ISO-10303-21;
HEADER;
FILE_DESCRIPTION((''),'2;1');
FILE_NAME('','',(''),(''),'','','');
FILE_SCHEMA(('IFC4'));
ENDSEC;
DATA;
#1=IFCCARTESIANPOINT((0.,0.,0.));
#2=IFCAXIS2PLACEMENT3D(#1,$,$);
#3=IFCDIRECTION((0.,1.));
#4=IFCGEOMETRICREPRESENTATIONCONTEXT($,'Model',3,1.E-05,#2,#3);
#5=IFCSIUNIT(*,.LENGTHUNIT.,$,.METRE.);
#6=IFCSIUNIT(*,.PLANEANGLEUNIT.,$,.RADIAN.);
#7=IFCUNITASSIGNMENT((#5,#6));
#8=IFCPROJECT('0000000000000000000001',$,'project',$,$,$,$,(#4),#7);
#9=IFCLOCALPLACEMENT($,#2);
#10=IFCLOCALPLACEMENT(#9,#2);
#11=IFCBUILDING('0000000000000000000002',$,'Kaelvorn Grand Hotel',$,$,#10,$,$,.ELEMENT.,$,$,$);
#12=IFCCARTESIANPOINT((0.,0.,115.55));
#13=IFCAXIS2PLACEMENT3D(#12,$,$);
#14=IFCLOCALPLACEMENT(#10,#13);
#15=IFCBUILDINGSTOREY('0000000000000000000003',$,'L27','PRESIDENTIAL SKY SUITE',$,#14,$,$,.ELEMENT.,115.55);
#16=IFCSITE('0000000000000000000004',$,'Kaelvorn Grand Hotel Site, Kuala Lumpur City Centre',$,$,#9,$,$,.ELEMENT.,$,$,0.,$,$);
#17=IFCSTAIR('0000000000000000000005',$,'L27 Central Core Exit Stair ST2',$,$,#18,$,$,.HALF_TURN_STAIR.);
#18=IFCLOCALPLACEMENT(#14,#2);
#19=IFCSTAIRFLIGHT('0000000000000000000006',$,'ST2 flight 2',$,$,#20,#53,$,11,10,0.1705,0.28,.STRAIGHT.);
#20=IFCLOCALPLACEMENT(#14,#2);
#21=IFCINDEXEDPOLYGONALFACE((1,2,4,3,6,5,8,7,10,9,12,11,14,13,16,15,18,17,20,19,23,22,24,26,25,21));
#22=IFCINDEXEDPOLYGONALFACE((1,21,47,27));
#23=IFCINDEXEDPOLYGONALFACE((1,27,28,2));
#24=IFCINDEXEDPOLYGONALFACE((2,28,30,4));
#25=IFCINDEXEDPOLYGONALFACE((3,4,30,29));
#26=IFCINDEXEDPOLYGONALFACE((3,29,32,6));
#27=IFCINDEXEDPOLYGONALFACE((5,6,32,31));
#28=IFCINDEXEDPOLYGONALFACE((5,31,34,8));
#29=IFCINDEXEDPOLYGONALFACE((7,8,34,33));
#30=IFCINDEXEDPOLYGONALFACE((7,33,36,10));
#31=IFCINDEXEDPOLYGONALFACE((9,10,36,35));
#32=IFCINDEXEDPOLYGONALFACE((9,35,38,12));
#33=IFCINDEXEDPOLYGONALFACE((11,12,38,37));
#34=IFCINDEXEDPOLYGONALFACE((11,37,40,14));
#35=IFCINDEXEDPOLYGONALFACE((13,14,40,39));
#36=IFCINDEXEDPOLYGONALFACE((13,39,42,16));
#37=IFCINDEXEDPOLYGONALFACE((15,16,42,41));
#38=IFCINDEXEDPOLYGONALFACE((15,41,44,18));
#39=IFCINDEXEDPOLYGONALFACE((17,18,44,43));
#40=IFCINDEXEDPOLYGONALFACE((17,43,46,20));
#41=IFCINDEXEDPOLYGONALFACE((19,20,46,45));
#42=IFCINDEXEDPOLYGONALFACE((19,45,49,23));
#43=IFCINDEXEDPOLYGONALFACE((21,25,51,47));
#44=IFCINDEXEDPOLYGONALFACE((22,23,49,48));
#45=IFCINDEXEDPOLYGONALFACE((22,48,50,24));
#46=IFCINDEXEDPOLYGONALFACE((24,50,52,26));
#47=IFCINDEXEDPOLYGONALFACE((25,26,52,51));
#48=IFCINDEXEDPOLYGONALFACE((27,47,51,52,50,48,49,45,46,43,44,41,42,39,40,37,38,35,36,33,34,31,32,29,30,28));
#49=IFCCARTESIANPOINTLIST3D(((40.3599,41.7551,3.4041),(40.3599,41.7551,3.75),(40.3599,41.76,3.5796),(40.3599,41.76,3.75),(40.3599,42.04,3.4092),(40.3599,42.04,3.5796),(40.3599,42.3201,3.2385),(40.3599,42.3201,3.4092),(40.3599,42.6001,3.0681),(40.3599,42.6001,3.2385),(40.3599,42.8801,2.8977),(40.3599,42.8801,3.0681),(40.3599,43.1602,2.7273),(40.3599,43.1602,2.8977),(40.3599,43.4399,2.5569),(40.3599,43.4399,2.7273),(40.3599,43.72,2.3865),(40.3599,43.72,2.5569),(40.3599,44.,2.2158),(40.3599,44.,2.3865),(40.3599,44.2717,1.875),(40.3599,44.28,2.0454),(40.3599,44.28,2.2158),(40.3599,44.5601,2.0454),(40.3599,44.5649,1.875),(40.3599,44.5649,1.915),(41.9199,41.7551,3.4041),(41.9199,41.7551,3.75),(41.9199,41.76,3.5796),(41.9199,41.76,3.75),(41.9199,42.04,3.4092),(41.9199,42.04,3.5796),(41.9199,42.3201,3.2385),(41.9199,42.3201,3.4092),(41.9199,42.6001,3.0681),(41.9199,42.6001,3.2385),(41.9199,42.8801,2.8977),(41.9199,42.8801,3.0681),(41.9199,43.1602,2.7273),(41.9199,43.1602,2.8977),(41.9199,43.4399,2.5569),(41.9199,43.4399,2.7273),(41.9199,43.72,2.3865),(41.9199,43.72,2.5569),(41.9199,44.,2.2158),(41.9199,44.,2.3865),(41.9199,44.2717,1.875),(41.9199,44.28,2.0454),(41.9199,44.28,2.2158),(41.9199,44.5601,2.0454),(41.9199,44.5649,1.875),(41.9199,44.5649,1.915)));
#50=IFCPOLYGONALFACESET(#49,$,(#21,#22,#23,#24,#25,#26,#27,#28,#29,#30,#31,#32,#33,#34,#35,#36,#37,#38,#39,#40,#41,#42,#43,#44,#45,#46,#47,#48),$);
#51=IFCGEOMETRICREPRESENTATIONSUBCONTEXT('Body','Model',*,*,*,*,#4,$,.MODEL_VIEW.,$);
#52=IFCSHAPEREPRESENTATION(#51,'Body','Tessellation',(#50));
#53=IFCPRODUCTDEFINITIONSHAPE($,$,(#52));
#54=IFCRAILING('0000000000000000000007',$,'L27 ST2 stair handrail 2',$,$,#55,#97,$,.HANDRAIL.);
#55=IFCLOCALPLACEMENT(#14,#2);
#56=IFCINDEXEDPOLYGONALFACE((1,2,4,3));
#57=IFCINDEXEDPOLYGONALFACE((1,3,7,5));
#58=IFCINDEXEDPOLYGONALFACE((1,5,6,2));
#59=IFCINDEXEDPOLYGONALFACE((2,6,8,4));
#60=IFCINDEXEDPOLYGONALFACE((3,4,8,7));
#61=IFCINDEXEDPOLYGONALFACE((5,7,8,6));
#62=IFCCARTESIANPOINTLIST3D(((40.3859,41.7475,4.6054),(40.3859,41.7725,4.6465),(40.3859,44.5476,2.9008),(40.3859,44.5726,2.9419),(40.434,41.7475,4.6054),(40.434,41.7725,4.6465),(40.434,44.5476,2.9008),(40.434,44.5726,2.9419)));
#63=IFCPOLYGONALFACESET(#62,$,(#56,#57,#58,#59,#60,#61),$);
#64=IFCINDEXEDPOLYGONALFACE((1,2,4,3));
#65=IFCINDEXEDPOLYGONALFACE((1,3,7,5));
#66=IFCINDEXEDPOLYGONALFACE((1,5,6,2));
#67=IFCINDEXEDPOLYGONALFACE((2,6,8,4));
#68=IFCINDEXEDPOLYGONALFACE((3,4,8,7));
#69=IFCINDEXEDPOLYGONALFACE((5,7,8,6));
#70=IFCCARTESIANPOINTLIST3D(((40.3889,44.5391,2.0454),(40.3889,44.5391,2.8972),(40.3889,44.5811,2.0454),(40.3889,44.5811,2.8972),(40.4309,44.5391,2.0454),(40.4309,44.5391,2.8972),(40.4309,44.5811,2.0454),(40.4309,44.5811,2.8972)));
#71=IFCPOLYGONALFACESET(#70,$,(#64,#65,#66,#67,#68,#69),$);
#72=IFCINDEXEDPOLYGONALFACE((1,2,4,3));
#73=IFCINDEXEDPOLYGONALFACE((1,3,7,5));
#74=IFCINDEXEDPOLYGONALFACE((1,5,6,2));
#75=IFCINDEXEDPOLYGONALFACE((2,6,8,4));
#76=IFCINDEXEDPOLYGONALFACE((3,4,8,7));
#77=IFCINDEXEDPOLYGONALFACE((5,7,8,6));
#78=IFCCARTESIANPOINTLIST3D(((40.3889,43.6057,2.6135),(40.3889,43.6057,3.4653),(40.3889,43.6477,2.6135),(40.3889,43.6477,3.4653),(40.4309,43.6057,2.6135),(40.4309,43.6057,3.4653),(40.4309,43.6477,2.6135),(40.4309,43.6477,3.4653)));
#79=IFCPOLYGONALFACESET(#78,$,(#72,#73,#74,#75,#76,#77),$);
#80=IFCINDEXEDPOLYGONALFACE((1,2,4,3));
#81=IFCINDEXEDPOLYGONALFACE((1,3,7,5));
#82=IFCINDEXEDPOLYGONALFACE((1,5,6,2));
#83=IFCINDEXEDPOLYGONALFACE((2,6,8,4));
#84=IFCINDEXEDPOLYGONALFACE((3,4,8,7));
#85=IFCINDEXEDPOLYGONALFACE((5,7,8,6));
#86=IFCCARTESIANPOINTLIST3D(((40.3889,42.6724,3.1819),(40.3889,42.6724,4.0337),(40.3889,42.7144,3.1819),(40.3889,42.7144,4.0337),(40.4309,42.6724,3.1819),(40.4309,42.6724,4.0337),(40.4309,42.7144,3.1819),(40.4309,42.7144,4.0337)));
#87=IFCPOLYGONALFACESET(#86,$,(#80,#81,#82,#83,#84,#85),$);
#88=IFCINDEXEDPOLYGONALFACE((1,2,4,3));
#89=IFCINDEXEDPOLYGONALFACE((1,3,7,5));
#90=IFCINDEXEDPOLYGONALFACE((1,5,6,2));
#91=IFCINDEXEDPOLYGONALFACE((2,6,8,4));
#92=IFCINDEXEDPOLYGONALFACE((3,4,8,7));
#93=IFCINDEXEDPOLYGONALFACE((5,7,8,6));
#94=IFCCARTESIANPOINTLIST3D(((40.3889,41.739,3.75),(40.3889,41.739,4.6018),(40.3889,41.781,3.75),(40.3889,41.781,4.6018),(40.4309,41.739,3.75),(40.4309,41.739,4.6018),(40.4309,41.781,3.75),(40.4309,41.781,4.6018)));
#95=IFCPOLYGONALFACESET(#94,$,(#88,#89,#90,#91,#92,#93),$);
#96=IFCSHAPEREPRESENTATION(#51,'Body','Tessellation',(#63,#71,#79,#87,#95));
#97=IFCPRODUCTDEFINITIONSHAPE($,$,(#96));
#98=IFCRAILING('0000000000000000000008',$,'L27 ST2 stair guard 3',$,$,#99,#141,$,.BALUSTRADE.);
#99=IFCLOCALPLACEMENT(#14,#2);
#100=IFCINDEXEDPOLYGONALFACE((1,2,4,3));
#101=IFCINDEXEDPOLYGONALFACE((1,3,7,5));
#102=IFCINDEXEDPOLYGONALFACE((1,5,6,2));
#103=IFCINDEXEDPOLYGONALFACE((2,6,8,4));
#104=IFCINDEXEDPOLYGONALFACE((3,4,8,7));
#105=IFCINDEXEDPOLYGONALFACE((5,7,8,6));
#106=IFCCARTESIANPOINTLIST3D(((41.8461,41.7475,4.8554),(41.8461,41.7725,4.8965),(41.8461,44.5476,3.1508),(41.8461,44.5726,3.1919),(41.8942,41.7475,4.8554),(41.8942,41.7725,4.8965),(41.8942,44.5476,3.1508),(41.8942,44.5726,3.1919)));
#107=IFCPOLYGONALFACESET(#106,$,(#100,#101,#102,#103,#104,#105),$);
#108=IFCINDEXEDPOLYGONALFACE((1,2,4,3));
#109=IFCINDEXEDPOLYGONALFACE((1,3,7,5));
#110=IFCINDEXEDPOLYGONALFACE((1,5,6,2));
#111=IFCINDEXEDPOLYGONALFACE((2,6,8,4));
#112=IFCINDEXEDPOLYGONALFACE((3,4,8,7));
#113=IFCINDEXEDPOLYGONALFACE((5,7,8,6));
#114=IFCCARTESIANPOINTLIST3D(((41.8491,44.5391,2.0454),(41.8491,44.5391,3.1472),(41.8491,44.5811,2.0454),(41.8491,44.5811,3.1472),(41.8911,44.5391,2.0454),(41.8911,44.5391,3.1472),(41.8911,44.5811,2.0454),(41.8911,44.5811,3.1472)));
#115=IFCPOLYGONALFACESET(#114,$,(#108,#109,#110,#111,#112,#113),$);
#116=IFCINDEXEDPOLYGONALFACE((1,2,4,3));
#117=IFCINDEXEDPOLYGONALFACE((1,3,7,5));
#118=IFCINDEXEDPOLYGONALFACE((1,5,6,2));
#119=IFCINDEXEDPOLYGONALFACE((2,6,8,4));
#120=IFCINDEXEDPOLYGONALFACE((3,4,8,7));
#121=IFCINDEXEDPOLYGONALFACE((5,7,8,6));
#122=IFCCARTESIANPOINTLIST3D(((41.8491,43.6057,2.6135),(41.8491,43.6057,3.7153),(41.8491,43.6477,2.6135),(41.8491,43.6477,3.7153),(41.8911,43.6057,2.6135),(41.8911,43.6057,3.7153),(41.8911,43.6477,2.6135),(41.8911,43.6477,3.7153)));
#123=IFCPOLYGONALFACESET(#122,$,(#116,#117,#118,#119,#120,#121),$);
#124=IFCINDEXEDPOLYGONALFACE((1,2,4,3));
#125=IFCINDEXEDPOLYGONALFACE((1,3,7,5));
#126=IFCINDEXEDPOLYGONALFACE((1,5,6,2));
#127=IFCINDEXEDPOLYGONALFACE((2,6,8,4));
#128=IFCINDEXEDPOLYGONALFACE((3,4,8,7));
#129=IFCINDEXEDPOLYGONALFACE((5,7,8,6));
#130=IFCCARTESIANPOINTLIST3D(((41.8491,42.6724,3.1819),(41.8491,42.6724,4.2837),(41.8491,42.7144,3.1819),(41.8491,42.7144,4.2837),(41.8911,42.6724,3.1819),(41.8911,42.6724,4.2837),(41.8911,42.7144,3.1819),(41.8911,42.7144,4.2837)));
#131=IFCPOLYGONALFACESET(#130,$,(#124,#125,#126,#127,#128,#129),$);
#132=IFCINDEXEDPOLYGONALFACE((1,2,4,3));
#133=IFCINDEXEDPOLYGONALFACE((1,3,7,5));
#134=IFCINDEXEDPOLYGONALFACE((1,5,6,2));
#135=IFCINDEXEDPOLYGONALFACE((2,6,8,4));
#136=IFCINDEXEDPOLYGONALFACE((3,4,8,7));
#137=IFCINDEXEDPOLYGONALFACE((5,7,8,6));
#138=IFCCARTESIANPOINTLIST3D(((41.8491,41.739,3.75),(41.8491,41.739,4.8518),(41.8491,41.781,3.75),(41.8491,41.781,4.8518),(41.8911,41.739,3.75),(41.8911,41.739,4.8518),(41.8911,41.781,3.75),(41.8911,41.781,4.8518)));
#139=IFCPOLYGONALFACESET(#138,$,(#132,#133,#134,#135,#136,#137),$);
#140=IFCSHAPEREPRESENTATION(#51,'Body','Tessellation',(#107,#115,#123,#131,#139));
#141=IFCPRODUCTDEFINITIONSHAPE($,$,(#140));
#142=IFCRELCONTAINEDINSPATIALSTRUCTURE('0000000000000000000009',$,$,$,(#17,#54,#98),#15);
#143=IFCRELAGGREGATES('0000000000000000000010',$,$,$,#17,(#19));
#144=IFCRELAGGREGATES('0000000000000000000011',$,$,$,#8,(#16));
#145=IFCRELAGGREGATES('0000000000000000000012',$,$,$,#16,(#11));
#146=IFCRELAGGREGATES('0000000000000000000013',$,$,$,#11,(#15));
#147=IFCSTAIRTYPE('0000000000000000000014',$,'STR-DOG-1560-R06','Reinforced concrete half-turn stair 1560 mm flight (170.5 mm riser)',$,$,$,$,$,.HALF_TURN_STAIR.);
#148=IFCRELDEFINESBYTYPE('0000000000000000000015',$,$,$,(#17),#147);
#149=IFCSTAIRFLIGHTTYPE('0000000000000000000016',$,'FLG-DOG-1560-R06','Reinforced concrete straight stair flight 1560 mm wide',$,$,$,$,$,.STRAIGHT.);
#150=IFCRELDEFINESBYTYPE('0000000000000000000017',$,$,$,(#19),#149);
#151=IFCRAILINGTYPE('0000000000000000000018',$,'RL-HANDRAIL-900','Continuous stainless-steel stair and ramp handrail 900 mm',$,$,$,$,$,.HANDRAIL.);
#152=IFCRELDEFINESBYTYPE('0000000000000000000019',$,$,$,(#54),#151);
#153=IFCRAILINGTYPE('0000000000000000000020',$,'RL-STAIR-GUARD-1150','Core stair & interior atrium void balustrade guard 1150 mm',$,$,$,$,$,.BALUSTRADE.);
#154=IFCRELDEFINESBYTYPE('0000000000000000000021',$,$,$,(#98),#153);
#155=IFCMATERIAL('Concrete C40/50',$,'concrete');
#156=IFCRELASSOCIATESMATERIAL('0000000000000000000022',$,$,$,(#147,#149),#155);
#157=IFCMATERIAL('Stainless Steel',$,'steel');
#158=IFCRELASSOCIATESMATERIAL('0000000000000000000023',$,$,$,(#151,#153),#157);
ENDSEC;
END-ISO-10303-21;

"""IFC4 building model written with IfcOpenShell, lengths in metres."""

from ifc_helpers import new_model, si_unit, direction, frame, origin, origin_2d, place, context, subcontext, project, spatial, polyline, rectangle, outline, extrude, material, type_object, element, aggregate, save


model = new_model("IFC4")

# Units and contexts
model_context = context("Model", 3, precision=1e-05, world=origin(), true_north=direction((0.0, 1.0)))
body_context = subcontext(model_context, "Body", "Model", "MODEL_VIEW")
ifc_project = project(units=[si_unit("LENGTHUNIT", "METRE"), si_unit("PLANEANGLEUNIT", "RADIAN")], contexts=[model_context])

# Site, building, storey
site_placement = place(None, origin())
site = spatial("IfcSite", under=ifc_project, at=site_placement, Name="Kaelvorn Grand Hotel Site, Kuala Lumpur City Centre", CompositionType="ELEMENT", RefElevation=0.0)
building_placement = place(site_placement, origin())
building = spatial("IfcBuilding", under=site, at=building_placement, Name="Kaelvorn Grand Hotel", CompositionType="ELEMENT")
storey_placement = place(building_placement, frame((0.0, 0.0, 115.55)))
storey = spatial("IfcBuildingStorey", under=building, at=storey_placement, Name="L27", Description="PRESIDENTIAL SKY SUITE", CompositionType="ELEMENT", Elevation=115.55)

# Shared definitions
ifc_material_1 = material(Name="Concrete C40/50", Category="concrete")

# Stair, stair flight
stair_type = type_object("IfcStairType", Name="STR-DOG-1560-R06", Description="Reinforced concrete half-turn stair 1560 mm flight (170.5 mm riser)", PredefinedType="HALF_TURN_STAIR", material=ifc_material_1)
stair_placement = place(storey_placement, origin())
stair = element("IfcStair", 1, at=stair_placement, inside=storey, type_object=stair_type, Name="L27 Central Core Exit Stair ST2", PredefinedType="HALF_TURN_STAIR")
stair_flight_type = type_object("IfcStairFlightType", Name="FLG-DOG-1560-R06", Description="Reinforced concrete straight stair flight 1560 mm wide", PredefinedType="STRAIGHT", material=ifc_material_1)
stair_flight_placement = place(storey_placement, frame((41.1399, 44.5601, 1.875), z_axis=(0.0, 0.0, 1.0), x_axis=(0.0, -1.0, 0.0)))
stair_flight = element("IfcStairFlight", 2, at=stair_flight_placement, type_object=stair_flight_type, Name="ST2 flight 2", NumberOfRisers=11, NumberOfTreads=10, PredefinedType="STRAIGHT", RiserHeight=0.1705, TreadLength=0.28, context=body_context, shape_type="SweptSolid", body=[
    extrude(outline(polyline([(-0.0049, 0.0), (-0.0049, 0.04), (0.0, 0.1704), (0.28, 0.1704), (0.28, 0.3408), (0.5601, 0.3408), (0.5601, 0.5115), (0.8401, 0.5115), (0.8401, 0.6819), (1.1201, 0.6819), (1.1201, 0.8523), (1.3999, 0.8523), (1.3999, 1.0227), (1.6799, 1.0227), (1.6799, 1.1931), (1.96, 1.1931), (1.96, 1.3635), (2.24, 1.3635), (2.24, 1.5342), (2.52, 1.5342), (2.52, 1.7046), (2.8, 1.7046), (2.8, 1.875), (2.8049, 1.875), (2.8049, 1.5291), (0.2883, 0.0), (-0.0049, 0.0)])), frame((0.0, 0.78, 0.0), z_axis=(0.0, -1.0, 0.0), x_axis=(1.0, 0.0, 0.0)), (0.0, 0.0, 1.0), 1.5601),
])
aggregate(stair, [stair_flight])

# Railings
ifc_material_2 = material(Name="Stainless Steel", Category="steel")
railing_type_1 = type_object("IfcRailingType", Name="RL-HANDRAIL-900", Description="Continuous stainless-steel stair and ramp handrail 900 mm", PredefinedType="HANDRAIL", material=ifc_material_2)
railing_1_placement = place(storey_placement, frame((40.4099, 44.5601, 2.0454)))
element("IfcRailing", 3, at=railing_1_placement, inside=storey, type_object=railing_type_1, Name="L27 ST2 stair handrail 2", PredefinedType="HANDRAIL", context=body_context, shape_type="SweptSolid", body=[
    extrude(rectangle(XDim=0.0481, YDim=0.0481, at=origin_2d()), frame((0.0, 0.0, 0.876), z_axis=(0.0, -0.85417, 0.519994), x_axis=(1.0, 0.0, 0.0)), (0.0, 0.0, 1.0), 3.2781),
    extrude(rectangle(XDim=0.042, YDim=0.042, at=origin_2d()), origin(), (0.0, 0.0, 1.0), 0.8518),
    extrude(rectangle(XDim=0.042, YDim=0.042, at=origin_2d()), frame((0.0, -0.9333, 0.5681)), (0.0, 0.0, 1.0), 0.8518),
    extrude(rectangle(XDim=0.042, YDim=0.042, at=origin_2d()), frame((0.0, -1.8667, 1.1365)), (0.0, 0.0, 1.0), 0.8518),
    extrude(rectangle(XDim=0.042, YDim=0.042, at=origin_2d()), frame((0.0, -2.8, 1.7046)), (0.0, 0.0, 1.0), 0.8518),
])
railing_type_2 = type_object("IfcRailingType", Name="RL-STAIR-GUARD-1150", Description="Core stair & interior atrium void balustrade guard 1150 mm", PredefinedType="BALUSTRADE", material=ifc_material_2)
railing_2_placement = place(storey_placement, frame((41.8701, 44.5601, 2.0454)))
element("IfcRailing", 4, at=railing_2_placement, inside=storey, type_object=railing_type_2, Name="L27 ST2 stair guard 3", PredefinedType="BALUSTRADE", context=body_context, shape_type="SweptSolid", body=[
    extrude(rectangle(XDim=0.0481, YDim=0.0481, at=origin_2d()), frame((0.0, 0.0, 1.126), z_axis=(0.0, -0.85417, 0.519994), x_axis=(1.0, 0.0, 0.0)), (0.0, 0.0, 1.0), 3.2781),
    extrude(rectangle(XDim=0.042, YDim=0.042, at=origin_2d()), origin(), (0.0, 0.0, 1.0), 1.1018),
    extrude(rectangle(XDim=0.042, YDim=0.042, at=origin_2d()), frame((0.0, -0.9333, 0.5681)), (0.0, 0.0, 1.0), 1.1018),
    extrude(rectangle(XDim=0.042, YDim=0.042, at=origin_2d()), frame((0.0, -1.8667, 1.1365)), (0.0, 0.0, 1.0), 1.1018),
    extrude(rectangle(XDim=0.042, YDim=0.042, at=origin_2d()), frame((0.0, -2.8, 1.7046)), (0.0, 0.0, 1.0), 1.1018),
])

save(model, "model.ifc")
